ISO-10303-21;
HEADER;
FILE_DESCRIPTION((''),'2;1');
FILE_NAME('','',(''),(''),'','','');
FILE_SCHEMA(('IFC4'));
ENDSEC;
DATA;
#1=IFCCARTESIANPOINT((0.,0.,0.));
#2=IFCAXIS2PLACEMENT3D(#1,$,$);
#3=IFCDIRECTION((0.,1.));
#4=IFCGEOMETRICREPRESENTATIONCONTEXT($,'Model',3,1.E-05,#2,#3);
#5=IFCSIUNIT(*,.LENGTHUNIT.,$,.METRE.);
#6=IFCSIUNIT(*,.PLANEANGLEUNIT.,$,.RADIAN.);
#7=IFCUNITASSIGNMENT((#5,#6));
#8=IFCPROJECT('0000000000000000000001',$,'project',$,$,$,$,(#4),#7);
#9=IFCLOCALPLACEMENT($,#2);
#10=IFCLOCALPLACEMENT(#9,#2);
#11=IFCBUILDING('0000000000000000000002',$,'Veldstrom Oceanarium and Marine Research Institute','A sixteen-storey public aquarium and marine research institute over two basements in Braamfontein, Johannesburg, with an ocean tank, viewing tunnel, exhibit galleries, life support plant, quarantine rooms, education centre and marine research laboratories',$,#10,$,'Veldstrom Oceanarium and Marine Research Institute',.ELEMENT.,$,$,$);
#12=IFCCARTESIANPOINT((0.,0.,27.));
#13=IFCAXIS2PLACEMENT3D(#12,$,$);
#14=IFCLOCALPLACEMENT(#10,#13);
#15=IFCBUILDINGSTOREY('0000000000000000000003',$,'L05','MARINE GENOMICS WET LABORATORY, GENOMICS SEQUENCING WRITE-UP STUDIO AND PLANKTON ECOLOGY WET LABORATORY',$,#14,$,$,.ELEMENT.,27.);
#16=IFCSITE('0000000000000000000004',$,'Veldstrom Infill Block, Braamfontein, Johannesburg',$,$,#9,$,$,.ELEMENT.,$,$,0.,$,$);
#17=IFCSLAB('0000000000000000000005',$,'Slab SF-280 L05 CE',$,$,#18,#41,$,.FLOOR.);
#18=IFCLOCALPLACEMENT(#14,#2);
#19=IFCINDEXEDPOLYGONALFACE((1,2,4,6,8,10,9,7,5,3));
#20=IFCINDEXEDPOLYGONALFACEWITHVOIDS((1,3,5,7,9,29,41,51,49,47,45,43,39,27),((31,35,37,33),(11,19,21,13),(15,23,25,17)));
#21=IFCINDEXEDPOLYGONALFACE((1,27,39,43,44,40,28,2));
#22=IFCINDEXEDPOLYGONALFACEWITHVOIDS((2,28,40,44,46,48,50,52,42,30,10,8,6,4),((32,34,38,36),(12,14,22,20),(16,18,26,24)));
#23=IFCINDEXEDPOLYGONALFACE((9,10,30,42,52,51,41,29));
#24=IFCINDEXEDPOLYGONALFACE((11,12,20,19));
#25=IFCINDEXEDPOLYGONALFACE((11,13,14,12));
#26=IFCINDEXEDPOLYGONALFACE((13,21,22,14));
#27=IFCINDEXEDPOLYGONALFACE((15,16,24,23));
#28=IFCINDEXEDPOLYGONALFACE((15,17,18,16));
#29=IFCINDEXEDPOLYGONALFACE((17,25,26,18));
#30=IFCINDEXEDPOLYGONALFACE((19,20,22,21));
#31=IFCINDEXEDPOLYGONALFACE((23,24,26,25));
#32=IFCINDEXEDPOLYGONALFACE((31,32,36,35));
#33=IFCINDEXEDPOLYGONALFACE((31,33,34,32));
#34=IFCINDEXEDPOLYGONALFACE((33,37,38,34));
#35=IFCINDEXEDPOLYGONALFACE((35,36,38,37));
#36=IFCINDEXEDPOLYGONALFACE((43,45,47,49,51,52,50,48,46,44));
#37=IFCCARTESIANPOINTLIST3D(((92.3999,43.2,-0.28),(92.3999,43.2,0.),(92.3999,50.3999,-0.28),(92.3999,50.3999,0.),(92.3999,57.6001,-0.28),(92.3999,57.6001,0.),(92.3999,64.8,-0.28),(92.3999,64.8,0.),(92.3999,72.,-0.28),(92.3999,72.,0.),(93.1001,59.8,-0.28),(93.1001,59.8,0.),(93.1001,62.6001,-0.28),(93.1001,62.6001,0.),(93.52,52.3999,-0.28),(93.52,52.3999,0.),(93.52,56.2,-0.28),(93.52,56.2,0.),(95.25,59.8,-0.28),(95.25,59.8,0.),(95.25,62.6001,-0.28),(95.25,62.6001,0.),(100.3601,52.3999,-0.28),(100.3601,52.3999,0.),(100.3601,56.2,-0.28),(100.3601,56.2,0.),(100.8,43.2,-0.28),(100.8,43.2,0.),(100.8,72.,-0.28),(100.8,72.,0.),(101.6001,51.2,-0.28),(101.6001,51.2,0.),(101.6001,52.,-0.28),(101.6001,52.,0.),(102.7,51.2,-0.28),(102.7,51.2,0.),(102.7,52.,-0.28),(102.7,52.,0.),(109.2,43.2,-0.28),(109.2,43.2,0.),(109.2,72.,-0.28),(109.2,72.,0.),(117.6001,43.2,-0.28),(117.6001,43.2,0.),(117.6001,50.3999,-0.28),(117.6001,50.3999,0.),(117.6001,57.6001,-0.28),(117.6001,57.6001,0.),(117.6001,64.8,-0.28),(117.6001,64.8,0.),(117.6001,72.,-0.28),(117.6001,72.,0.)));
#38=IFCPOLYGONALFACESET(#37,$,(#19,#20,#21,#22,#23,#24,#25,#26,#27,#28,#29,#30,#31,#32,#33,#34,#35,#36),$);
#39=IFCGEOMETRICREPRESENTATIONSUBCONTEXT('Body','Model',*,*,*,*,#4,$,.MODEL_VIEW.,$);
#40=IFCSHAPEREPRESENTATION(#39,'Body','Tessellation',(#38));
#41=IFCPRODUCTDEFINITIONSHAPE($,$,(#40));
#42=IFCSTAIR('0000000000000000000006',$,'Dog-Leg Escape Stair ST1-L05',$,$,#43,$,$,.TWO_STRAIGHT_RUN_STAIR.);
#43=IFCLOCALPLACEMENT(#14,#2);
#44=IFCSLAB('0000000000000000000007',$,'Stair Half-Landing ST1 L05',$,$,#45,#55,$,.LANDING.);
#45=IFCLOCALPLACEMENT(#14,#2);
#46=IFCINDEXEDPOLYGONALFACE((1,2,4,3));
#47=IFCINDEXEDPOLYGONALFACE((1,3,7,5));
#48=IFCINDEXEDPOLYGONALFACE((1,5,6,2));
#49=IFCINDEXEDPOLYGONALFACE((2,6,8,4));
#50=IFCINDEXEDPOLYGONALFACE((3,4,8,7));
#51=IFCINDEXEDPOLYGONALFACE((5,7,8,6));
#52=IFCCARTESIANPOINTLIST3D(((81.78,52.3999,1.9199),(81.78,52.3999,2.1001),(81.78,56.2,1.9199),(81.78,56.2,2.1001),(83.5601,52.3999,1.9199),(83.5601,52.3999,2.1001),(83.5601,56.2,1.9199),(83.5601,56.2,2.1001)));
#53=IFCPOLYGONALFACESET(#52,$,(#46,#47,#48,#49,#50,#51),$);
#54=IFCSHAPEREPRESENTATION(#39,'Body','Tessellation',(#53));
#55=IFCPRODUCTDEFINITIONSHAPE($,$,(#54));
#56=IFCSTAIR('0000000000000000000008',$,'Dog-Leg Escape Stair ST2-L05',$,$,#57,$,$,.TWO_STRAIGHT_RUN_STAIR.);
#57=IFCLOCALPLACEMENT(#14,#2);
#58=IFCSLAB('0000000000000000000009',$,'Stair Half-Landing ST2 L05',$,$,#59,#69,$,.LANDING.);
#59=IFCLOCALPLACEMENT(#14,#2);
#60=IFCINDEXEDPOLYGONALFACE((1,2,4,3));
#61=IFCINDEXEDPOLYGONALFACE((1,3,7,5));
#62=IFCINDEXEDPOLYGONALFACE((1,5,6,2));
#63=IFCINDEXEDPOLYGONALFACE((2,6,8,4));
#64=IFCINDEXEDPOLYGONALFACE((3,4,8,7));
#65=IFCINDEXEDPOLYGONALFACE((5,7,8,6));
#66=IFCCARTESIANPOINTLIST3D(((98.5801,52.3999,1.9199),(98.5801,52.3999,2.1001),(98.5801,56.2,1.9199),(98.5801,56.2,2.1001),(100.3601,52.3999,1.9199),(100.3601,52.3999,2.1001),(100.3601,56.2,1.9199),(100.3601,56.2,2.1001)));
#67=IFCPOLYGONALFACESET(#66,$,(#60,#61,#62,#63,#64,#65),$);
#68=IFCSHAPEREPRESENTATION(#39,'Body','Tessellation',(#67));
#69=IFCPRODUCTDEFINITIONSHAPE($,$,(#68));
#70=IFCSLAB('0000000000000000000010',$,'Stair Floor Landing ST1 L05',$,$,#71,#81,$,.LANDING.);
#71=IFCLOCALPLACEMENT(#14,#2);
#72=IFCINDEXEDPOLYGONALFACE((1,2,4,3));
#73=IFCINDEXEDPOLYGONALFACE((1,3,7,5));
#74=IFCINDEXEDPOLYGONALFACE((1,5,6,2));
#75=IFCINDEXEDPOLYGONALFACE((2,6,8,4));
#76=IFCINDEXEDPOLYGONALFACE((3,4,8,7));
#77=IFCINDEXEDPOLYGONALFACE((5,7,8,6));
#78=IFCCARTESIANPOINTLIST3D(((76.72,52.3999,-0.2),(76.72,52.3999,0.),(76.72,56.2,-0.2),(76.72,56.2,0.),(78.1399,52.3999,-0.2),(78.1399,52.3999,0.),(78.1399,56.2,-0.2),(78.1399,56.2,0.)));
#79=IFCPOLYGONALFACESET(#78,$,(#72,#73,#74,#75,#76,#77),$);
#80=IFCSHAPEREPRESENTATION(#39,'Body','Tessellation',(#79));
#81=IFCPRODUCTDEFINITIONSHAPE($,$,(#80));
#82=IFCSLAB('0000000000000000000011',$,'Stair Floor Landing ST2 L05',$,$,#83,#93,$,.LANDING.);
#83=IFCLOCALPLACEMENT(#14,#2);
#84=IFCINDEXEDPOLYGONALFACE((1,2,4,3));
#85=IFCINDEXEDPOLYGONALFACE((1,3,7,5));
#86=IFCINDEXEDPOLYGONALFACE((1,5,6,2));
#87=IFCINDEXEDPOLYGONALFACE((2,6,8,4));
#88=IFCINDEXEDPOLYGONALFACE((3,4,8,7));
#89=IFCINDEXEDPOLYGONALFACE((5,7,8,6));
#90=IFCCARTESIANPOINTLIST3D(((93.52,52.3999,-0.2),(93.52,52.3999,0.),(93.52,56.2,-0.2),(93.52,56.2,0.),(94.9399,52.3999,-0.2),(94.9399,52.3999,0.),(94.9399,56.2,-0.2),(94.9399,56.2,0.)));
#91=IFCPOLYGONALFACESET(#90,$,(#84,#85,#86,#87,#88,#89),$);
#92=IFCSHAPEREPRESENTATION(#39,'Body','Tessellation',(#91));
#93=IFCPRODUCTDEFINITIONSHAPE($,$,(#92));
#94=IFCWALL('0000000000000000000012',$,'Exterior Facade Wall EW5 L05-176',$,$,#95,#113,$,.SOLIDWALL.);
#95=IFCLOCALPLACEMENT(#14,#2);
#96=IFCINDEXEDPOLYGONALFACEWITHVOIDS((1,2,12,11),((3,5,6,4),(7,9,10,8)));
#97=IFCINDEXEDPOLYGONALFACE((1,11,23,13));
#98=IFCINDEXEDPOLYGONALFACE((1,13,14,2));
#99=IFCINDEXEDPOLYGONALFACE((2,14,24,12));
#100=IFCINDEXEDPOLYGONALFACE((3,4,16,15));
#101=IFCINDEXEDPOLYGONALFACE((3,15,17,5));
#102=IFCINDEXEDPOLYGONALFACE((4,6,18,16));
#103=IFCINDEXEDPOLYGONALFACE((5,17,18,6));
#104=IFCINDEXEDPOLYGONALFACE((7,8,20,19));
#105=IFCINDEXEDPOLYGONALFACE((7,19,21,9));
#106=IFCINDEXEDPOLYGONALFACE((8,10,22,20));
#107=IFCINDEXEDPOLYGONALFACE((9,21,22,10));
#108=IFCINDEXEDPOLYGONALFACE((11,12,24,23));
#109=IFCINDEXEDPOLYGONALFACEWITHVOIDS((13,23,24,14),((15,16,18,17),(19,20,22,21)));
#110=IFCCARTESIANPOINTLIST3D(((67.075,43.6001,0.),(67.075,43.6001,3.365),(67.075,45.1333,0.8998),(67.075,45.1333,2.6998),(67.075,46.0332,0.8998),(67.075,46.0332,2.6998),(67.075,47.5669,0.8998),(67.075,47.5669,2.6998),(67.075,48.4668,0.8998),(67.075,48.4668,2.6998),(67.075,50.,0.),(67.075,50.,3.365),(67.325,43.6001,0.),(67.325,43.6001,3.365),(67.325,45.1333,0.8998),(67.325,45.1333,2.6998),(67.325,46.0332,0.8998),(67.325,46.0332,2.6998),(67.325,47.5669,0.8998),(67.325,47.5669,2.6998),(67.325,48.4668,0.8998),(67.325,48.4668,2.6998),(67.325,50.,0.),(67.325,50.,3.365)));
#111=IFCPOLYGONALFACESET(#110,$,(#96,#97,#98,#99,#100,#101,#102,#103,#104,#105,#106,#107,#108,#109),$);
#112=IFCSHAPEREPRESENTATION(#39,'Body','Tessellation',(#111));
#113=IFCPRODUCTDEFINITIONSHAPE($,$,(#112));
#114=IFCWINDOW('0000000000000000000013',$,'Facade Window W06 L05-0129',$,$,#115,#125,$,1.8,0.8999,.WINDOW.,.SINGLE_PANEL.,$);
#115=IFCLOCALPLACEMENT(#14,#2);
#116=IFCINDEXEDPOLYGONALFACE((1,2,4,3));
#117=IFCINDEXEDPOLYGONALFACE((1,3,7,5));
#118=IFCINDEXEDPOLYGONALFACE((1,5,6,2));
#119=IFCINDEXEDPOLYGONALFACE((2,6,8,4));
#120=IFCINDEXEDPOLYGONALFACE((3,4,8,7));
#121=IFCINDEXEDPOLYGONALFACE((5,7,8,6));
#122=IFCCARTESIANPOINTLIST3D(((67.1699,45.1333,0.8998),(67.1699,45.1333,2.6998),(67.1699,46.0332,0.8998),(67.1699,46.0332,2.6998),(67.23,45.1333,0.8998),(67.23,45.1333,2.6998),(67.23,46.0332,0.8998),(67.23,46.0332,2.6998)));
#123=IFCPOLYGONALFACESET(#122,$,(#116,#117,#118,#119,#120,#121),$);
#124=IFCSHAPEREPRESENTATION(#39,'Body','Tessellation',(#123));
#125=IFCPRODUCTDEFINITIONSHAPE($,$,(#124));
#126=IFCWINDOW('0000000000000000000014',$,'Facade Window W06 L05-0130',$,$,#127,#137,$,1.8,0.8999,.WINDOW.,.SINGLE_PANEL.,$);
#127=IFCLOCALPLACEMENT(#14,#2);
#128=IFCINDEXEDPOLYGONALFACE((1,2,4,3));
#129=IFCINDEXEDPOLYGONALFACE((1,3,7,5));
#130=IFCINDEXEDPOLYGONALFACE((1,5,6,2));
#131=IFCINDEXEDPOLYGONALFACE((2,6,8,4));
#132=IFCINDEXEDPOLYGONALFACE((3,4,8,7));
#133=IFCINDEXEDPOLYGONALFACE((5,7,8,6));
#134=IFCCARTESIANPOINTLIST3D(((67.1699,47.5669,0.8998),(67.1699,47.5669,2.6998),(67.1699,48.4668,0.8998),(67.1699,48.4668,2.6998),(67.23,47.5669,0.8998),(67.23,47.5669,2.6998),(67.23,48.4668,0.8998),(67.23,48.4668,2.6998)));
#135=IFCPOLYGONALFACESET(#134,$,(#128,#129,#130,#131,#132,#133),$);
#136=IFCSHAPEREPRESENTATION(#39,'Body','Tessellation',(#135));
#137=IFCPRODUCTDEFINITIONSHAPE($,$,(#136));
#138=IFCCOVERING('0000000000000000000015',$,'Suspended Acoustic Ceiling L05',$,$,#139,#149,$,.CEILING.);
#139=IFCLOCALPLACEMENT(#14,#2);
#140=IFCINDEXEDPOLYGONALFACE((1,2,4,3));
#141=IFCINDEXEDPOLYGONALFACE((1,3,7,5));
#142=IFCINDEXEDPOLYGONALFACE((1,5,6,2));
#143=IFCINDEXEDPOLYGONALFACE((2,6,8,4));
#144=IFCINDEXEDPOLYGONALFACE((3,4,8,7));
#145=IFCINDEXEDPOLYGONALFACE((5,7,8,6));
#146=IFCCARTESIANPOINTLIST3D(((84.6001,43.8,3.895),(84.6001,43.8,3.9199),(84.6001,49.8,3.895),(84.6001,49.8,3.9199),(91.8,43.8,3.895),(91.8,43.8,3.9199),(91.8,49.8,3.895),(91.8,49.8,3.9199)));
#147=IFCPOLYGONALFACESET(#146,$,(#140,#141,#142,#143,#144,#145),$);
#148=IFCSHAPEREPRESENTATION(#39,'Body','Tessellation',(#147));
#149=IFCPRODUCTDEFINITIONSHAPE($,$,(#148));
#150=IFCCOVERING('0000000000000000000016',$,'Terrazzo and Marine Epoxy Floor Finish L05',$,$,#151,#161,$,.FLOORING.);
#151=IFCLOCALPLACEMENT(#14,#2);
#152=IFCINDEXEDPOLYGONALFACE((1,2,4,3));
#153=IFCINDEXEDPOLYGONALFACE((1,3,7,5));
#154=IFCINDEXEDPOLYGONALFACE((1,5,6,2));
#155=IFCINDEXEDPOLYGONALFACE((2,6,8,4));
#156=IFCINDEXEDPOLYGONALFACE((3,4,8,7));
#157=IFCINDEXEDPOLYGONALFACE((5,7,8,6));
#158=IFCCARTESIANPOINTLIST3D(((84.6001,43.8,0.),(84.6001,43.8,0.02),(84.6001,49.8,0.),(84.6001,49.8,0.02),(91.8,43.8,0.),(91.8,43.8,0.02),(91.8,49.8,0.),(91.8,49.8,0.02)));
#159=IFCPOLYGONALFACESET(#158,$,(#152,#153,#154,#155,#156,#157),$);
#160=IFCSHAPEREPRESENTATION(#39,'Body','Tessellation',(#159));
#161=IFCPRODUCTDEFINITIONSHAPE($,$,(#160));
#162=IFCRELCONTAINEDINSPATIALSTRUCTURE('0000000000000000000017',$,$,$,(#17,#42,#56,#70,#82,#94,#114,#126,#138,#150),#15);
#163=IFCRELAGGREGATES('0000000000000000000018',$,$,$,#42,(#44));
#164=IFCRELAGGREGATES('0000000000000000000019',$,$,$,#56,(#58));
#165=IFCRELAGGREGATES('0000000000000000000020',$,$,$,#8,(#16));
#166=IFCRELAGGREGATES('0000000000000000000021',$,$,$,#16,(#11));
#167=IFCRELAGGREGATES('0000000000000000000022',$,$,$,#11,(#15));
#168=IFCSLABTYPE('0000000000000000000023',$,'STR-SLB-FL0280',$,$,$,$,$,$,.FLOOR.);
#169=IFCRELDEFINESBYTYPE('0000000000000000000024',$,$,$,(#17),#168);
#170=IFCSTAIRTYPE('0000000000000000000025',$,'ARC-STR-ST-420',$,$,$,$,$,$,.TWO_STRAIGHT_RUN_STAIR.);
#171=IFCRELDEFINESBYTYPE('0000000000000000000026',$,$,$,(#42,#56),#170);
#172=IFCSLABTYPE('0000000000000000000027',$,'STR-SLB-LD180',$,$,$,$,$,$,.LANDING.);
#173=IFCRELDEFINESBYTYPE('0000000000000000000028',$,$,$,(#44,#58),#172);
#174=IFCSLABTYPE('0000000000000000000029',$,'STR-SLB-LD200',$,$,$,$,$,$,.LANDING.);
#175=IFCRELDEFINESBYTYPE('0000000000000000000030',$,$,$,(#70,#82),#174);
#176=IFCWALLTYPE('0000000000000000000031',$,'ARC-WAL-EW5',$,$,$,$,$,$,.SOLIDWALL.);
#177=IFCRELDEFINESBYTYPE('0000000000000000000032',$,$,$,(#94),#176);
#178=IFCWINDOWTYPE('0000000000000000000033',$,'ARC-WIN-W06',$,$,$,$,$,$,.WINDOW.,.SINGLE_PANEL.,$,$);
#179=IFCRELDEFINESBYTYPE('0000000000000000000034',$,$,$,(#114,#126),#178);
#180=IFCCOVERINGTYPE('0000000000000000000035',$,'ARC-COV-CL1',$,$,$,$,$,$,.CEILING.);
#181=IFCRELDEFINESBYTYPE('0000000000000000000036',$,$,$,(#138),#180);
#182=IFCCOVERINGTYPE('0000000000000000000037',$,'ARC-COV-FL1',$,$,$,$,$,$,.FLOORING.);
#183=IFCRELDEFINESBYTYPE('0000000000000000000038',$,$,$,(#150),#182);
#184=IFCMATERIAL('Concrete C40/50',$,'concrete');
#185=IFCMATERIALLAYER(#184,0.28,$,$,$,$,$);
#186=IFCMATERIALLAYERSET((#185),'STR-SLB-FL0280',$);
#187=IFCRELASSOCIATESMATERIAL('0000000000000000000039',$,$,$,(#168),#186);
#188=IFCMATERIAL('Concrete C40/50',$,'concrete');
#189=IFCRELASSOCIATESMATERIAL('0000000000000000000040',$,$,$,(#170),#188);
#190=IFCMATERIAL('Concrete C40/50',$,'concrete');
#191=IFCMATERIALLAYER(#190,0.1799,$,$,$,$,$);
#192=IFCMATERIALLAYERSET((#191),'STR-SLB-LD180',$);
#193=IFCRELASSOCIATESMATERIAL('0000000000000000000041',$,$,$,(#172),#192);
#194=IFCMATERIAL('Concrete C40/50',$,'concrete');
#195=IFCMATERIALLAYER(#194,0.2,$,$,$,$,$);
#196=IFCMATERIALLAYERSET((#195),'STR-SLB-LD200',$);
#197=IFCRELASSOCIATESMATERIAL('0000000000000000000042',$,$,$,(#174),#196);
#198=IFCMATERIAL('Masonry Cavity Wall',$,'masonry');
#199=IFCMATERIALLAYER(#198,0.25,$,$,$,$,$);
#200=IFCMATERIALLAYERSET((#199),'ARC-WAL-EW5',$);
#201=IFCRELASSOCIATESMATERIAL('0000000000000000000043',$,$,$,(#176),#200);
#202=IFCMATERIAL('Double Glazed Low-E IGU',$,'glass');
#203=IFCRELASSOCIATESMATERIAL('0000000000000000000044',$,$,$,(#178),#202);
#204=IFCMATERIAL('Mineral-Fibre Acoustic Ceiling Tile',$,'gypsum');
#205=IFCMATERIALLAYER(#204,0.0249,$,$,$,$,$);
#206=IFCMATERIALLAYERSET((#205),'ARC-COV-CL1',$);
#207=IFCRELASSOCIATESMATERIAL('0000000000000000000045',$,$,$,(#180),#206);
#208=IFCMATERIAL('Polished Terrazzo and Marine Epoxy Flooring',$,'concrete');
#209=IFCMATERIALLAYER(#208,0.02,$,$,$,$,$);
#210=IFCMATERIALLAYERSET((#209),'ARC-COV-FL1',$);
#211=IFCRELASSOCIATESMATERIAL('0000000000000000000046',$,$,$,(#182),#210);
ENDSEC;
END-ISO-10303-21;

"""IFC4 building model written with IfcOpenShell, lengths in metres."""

from ifc_helpers import new_model, si_unit, direction, frame, frame_2d, origin, place, context, subcontext, project, spatial, polyline, rectangle, outline, extrude, material, layer, layer_set, type_object, element, fill, aggregate, save


model = new_model("IFC4")

# Units and contexts
model_context = context("Model", 3, precision=1e-05, world=origin(), true_north=direction((0.0, 1.0)))
body_context = subcontext(model_context, "Body", "Model", "MODEL_VIEW")
ifc_project = project(units=[si_unit("LENGTHUNIT", "METRE"), si_unit("PLANEANGLEUNIT", "RADIAN")], contexts=[model_context])

# Site, building, storey
site_placement = place(None, origin())
site = spatial("IfcSite", under=ifc_project, at=site_placement, Name="Veldstrom Infill Block, Braamfontein, Johannesburg", CompositionType="ELEMENT", RefElevation=0.0)
building_placement = place(site_placement, origin())
building = spatial("IfcBuilding", under=site, at=building_placement, Name="Veldstrom Oceanarium and Marine Research Institute", Description="A sixteen-storey public aquarium and marine research institute over two basements in Braamfontein, Johannesburg, with an ocean tank, viewing tunnel, exhibit galleries, life support plant, quarantine rooms, education centre and marine research laboratories", LongName="Veldstrom Oceanarium and Marine Research Institute", CompositionType="ELEMENT")
storey_placement = place(building_placement, frame((0.0, 0.0, 27.0)))
storey = spatial("IfcBuildingStorey", under=building, at=storey_placement, Name="L05", Description="MARINE GENOMICS WET LABORATORY, GENOMICS SEQUENCING WRITE-UP STUDIO AND PLANKTON ECOLOGY WET LABORATORY", CompositionType="ELEMENT", Elevation=27.0)

# Slab
ifc_material_1 = material(Name="Concrete C40/50", Category="concrete")
ifc_layer_1 = layer(ifc_material_1, 0.28)
ifc_layer_set_1 = layer_set([ifc_layer_1], Name="STR-SLB-FL0280")
slab_type_1 = type_object("IfcSlabType", Name="STR-SLB-FL0280", PredefinedType="FLOOR", material=ifc_layer_set_1)
slab_1_placement = place(storey_placement, frame((0.0, 0.0, -0.28)))
element("IfcSlab", 1, at=slab_1_placement, inside=storey, type_object=slab_type_1, Name="Slab SF-280 L05 CE", PredefinedType="FLOOR", context=body_context, shape_type="SweptSolid", body=[
    extrude(outline(polyline([(117.6001, 57.6001), (117.6001, 50.3999), (117.6001, 43.2), (109.2, 43.2), (100.8, 43.2), (92.3999, 43.2), (92.3999, 50.3999), (92.3999, 57.6001), (92.3999, 64.8), (92.3999, 72.0), (100.8, 72.0), (109.2, 72.0), (117.6001, 72.0), (117.6001, 64.8), (117.6001, 57.6001)]), holes=[polyline([(93.52, 52.3999), (100.3601, 52.3999), (100.3601, 56.2), (93.52, 56.2), (93.52, 52.3999)]), polyline([(95.25, 62.6001), (93.1001, 62.6001), (93.1001, 59.8), (95.25, 59.8), (95.25, 62.6001)]), polyline([(102.7, 52.0), (101.6001, 52.0), (101.6001, 51.2), (102.7, 51.2), (102.7, 52.0)])]), origin(), (0.0, 0.0, 1.0), 0.28),
])

# Stairs, slabs
ifc_material_2 = material(Name="Concrete C40/50", Category="concrete")
stair_type = type_object("IfcStairType", Name="ARC-STR-ST-420", PredefinedType="TWO_STRAIGHT_RUN_STAIR", material=ifc_material_2)
stair_1_placement = place(storey_placement, origin())
stair_1 = element("IfcStair", 2, at=stair_1_placement, inside=storey, type_object=stair_type, Name="Dog-Leg Escape Stair ST1-L05", PredefinedType="TWO_STRAIGHT_RUN_STAIR")
ifc_material_3 = material(Name="Concrete C40/50", Category="concrete")
ifc_layer_2 = layer(ifc_material_3, 0.1799)
ifc_layer_set_2 = layer_set([ifc_layer_2], Name="STR-SLB-LD180")
slab_type_2 = type_object("IfcSlabType", Name="STR-SLB-LD180", PredefinedType="LANDING", material=ifc_layer_set_2)
slab_2_placement = place(storey_placement, frame((0.0, 0.0, 1.9199)))
slab_2 = element("IfcSlab", 3, at=slab_2_placement, type_object=slab_type_2, Name="Stair Half-Landing ST1 L05", PredefinedType="LANDING", context=body_context, shape_type="SweptSolid", body=[
    extrude(outline(polyline([(81.78, 52.3999), (83.5601, 52.3999), (83.5601, 56.2), (81.78, 56.2), (81.78, 52.3999)])), origin(), (0.0, 0.0, 1.0), 0.1802),
])
aggregate(stair_1, [slab_2])
stair_2_placement = place(storey_placement, origin())
stair_2 = element("IfcStair", 4, at=stair_2_placement, inside=storey, type_object=stair_type, Name="Dog-Leg Escape Stair ST2-L05", PredefinedType="TWO_STRAIGHT_RUN_STAIR")
slab_3_placement = place(storey_placement, frame((0.0, 0.0, 1.9199)))
slab_3 = element("IfcSlab", 5, at=slab_3_placement, type_object=slab_type_2, Name="Stair Half-Landing ST2 L05", PredefinedType="LANDING", context=body_context, shape_type="SweptSolid", body=[
    extrude(outline(polyline([(98.5801, 52.3999), (100.3601, 52.3999), (100.3601, 56.2), (98.5801, 56.2), (98.5801, 52.3999)])), origin(), (0.0, 0.0, 1.0), 0.1802),
])
aggregate(stair_2, [slab_3])

# Slabs
ifc_material_4 = material(Name="Concrete C40/50", Category="concrete")
ifc_layer_3 = layer(ifc_material_4, 0.2)
ifc_layer_set_3 = layer_set([ifc_layer_3], Name="STR-SLB-LD200")
slab_type_3 = type_object("IfcSlabType", Name="STR-SLB-LD200", PredefinedType="LANDING", material=ifc_layer_set_3)
slab_4_placement = place(storey_placement, frame((0.0, 0.0, -0.2)))
element("IfcSlab", 6, at=slab_4_placement, inside=storey, type_object=slab_type_3, Name="Stair Floor Landing ST1 L05", PredefinedType="LANDING", context=body_context, shape_type="SweptSolid", body=[
    extrude(outline(polyline([(76.72, 52.3999), (78.1399, 52.3999), (78.1399, 56.2), (76.72, 56.2), (76.72, 52.3999)])), origin(), (0.0, 0.0, 1.0), 0.2),
])
slab_5_placement = place(storey_placement, frame((0.0, 0.0, -0.2)))
element("IfcSlab", 7, at=slab_5_placement, inside=storey, type_object=slab_type_3, Name="Stair Floor Landing ST2 L05", PredefinedType="LANDING", context=body_context, shape_type="SweptSolid", body=[
    extrude(outline(polyline([(93.52, 52.3999), (94.9399, 52.3999), (94.9399, 56.2), (93.52, 56.2), (93.52, 52.3999)])), origin(), (0.0, 0.0, 1.0), 0.2),
])

# Wall, openings, windows
ifc_material_5 = material(Name="Masonry Cavity Wall", Category="masonry")
ifc_layer_4 = layer(ifc_material_5, 0.25)
ifc_layer_set_4 = layer_set([ifc_layer_4], Name="ARC-WAL-EW5")
wall_type = type_object("IfcWallType", Name="ARC-WAL-EW5", PredefinedType="SOLIDWALL", material=ifc_layer_set_4)
wall_placement = place(storey_placement, frame((67.2, 43.6001, 0.0), z_axis=(0.0, 0.0, 1.0), x_axis=(0.0, 1.0, 0.0)))
wall = element("IfcWall", 8, at=wall_placement, inside=storey, type_object=wall_type, Name="Exterior Facade Wall EW5 L05-176", PredefinedType="SOLIDWALL", context=body_context, shape_type="SweptSolid", body=[
    extrude(rectangle(XDim=6.3999, YDim=0.25, at=frame_2d((3.2, 0.0))), origin(), (0.0, 0.0, 1.0), 3.365),
])
opening_1_placement = place(wall_placement, frame((1.5332, 0.0, 0.8999)))
opening_1 = element("IfcOpeningElement", 9, at=opening_1_placement, cuts=wall, PredefinedType="OPENING", context=body_context, shape_type="SweptSolid", body=[
    extrude(rectangle(XDim=0.8999, YDim=1.8, at=frame_2d((0.45, 0.8999))), frame((0.0, 0.135, 0.0), z_axis=(0.0, -1.0, 0.0), x_axis=(1.0, 0.0, 0.0)), (0.0, 0.0, 1.0), 0.27),
])
opening_2_placement = place(wall_placement, frame((3.9668, 0.0, 0.8999)))
opening_2 = element("IfcOpeningElement", 10, at=opening_2_placement, cuts=wall, PredefinedType="OPENING", context=body_context, shape_type="SweptSolid", body=[
    extrude(rectangle(XDim=0.8999, YDim=1.8, at=frame_2d((0.45, 0.8999))), frame((0.0, 0.135, 0.0), z_axis=(0.0, -1.0, 0.0), x_axis=(1.0, 0.0, 0.0)), (0.0, 0.0, 1.0), 0.27),
])
ifc_material_6 = material(Name="Double Glazed Low-E IGU", Category="glass")
window_type = type_object("IfcWindowType", Name="ARC-WIN-W06", PartitioningType="SINGLE_PANEL", PredefinedType="WINDOW", material=ifc_material_6)
window_1_placement = place(opening_1_placement, origin())
window_1 = element("IfcWindow", 11, at=window_1_placement, inside=storey, type_object=window_type, Name="Facade Window W06 L05-0129", OverallHeight=1.8, OverallWidth=0.8999, PartitioningType="SINGLE_PANEL", PredefinedType="WINDOW", context=body_context, shape_type="SweptSolid", body=[
    extrude(rectangle(XDim=0.8999, YDim=1.8, at=frame_2d((0.45, 0.8999))), frame((0.0, 0.03, 0.0), z_axis=(0.0, -1.0, 0.0), x_axis=(1.0, 0.0, 0.0)), (0.0, 0.0, 1.0), 0.0601),
])
fill(opening_1, window_1)
window_2_placement = place(opening_2_placement, origin())
window_2 = element("IfcWindow", 12, at=window_2_placement, inside=storey, type_object=window_type, Name="Facade Window W06 L05-0130", OverallHeight=1.8, OverallWidth=0.8999, PartitioningType="SINGLE_PANEL", PredefinedType="WINDOW", context=body_context, shape_type="SweptSolid", body=[
    extrude(rectangle(XDim=0.8999, YDim=1.8, at=frame_2d((0.45, 0.8999))), frame((0.0, 0.03, 0.0), z_axis=(0.0, -1.0, 0.0), x_axis=(1.0, 0.0, 0.0)), (0.0, 0.0, 1.0), 0.0601),
])
fill(opening_2, window_2)

# Coverings
ifc_material_7 = material(Name="Mineral-Fibre Acoustic Ceiling Tile", Category="gypsum")
ifc_layer_5 = layer(ifc_material_7, 0.0249)
ifc_layer_set_5 = layer_set([ifc_layer_5], Name="ARC-COV-CL1")
covering_type_1 = type_object("IfcCoveringType", Name="ARC-COV-CL1", PredefinedType="CEILING", material=ifc_layer_set_5)
covering_1_placement = place(storey_placement, frame((0.0, 0.0, 3.895)))
element("IfcCovering", 13, at=covering_1_placement, inside=storey, type_object=covering_type_1, Name="Suspended Acoustic Ceiling L05", PredefinedType="CEILING", context=body_context, shape_type="SweptSolid", body=[
    extrude(outline(polyline([(84.6001, 43.8), (91.8, 43.8), (91.8, 49.8), (84.6001, 49.8), (84.6001, 43.8)])), origin(), (0.0, 0.0, 1.0), 0.0249),
])
ifc_material_8 = material(Name="Polished Terrazzo and Marine Epoxy Flooring", Category="concrete")
ifc_layer_6 = layer(ifc_material_8, 0.02)
ifc_layer_set_6 = layer_set([ifc_layer_6], Name="ARC-COV-FL1")
covering_type_2 = type_object("IfcCoveringType", Name="ARC-COV-FL1", PredefinedType="FLOORING", material=ifc_layer_set_6)
covering_2_placement = place(storey_placement, origin())
element("IfcCovering", 14, at=covering_2_placement, inside=storey, type_object=covering_type_2, Name="Terrazzo and Marine Epoxy Floor Finish L05", PredefinedType="FLOORING", context=body_context, shape_type="SweptSolid", body=[
    extrude(outline(polyline([(84.6001, 43.8), (91.8, 43.8), (91.8, 49.8), (84.6001, 49.8), (84.6001, 43.8)])), origin(), (0.0, 0.0, 1.0), 0.02),
])

save(model, "model.ifc")
